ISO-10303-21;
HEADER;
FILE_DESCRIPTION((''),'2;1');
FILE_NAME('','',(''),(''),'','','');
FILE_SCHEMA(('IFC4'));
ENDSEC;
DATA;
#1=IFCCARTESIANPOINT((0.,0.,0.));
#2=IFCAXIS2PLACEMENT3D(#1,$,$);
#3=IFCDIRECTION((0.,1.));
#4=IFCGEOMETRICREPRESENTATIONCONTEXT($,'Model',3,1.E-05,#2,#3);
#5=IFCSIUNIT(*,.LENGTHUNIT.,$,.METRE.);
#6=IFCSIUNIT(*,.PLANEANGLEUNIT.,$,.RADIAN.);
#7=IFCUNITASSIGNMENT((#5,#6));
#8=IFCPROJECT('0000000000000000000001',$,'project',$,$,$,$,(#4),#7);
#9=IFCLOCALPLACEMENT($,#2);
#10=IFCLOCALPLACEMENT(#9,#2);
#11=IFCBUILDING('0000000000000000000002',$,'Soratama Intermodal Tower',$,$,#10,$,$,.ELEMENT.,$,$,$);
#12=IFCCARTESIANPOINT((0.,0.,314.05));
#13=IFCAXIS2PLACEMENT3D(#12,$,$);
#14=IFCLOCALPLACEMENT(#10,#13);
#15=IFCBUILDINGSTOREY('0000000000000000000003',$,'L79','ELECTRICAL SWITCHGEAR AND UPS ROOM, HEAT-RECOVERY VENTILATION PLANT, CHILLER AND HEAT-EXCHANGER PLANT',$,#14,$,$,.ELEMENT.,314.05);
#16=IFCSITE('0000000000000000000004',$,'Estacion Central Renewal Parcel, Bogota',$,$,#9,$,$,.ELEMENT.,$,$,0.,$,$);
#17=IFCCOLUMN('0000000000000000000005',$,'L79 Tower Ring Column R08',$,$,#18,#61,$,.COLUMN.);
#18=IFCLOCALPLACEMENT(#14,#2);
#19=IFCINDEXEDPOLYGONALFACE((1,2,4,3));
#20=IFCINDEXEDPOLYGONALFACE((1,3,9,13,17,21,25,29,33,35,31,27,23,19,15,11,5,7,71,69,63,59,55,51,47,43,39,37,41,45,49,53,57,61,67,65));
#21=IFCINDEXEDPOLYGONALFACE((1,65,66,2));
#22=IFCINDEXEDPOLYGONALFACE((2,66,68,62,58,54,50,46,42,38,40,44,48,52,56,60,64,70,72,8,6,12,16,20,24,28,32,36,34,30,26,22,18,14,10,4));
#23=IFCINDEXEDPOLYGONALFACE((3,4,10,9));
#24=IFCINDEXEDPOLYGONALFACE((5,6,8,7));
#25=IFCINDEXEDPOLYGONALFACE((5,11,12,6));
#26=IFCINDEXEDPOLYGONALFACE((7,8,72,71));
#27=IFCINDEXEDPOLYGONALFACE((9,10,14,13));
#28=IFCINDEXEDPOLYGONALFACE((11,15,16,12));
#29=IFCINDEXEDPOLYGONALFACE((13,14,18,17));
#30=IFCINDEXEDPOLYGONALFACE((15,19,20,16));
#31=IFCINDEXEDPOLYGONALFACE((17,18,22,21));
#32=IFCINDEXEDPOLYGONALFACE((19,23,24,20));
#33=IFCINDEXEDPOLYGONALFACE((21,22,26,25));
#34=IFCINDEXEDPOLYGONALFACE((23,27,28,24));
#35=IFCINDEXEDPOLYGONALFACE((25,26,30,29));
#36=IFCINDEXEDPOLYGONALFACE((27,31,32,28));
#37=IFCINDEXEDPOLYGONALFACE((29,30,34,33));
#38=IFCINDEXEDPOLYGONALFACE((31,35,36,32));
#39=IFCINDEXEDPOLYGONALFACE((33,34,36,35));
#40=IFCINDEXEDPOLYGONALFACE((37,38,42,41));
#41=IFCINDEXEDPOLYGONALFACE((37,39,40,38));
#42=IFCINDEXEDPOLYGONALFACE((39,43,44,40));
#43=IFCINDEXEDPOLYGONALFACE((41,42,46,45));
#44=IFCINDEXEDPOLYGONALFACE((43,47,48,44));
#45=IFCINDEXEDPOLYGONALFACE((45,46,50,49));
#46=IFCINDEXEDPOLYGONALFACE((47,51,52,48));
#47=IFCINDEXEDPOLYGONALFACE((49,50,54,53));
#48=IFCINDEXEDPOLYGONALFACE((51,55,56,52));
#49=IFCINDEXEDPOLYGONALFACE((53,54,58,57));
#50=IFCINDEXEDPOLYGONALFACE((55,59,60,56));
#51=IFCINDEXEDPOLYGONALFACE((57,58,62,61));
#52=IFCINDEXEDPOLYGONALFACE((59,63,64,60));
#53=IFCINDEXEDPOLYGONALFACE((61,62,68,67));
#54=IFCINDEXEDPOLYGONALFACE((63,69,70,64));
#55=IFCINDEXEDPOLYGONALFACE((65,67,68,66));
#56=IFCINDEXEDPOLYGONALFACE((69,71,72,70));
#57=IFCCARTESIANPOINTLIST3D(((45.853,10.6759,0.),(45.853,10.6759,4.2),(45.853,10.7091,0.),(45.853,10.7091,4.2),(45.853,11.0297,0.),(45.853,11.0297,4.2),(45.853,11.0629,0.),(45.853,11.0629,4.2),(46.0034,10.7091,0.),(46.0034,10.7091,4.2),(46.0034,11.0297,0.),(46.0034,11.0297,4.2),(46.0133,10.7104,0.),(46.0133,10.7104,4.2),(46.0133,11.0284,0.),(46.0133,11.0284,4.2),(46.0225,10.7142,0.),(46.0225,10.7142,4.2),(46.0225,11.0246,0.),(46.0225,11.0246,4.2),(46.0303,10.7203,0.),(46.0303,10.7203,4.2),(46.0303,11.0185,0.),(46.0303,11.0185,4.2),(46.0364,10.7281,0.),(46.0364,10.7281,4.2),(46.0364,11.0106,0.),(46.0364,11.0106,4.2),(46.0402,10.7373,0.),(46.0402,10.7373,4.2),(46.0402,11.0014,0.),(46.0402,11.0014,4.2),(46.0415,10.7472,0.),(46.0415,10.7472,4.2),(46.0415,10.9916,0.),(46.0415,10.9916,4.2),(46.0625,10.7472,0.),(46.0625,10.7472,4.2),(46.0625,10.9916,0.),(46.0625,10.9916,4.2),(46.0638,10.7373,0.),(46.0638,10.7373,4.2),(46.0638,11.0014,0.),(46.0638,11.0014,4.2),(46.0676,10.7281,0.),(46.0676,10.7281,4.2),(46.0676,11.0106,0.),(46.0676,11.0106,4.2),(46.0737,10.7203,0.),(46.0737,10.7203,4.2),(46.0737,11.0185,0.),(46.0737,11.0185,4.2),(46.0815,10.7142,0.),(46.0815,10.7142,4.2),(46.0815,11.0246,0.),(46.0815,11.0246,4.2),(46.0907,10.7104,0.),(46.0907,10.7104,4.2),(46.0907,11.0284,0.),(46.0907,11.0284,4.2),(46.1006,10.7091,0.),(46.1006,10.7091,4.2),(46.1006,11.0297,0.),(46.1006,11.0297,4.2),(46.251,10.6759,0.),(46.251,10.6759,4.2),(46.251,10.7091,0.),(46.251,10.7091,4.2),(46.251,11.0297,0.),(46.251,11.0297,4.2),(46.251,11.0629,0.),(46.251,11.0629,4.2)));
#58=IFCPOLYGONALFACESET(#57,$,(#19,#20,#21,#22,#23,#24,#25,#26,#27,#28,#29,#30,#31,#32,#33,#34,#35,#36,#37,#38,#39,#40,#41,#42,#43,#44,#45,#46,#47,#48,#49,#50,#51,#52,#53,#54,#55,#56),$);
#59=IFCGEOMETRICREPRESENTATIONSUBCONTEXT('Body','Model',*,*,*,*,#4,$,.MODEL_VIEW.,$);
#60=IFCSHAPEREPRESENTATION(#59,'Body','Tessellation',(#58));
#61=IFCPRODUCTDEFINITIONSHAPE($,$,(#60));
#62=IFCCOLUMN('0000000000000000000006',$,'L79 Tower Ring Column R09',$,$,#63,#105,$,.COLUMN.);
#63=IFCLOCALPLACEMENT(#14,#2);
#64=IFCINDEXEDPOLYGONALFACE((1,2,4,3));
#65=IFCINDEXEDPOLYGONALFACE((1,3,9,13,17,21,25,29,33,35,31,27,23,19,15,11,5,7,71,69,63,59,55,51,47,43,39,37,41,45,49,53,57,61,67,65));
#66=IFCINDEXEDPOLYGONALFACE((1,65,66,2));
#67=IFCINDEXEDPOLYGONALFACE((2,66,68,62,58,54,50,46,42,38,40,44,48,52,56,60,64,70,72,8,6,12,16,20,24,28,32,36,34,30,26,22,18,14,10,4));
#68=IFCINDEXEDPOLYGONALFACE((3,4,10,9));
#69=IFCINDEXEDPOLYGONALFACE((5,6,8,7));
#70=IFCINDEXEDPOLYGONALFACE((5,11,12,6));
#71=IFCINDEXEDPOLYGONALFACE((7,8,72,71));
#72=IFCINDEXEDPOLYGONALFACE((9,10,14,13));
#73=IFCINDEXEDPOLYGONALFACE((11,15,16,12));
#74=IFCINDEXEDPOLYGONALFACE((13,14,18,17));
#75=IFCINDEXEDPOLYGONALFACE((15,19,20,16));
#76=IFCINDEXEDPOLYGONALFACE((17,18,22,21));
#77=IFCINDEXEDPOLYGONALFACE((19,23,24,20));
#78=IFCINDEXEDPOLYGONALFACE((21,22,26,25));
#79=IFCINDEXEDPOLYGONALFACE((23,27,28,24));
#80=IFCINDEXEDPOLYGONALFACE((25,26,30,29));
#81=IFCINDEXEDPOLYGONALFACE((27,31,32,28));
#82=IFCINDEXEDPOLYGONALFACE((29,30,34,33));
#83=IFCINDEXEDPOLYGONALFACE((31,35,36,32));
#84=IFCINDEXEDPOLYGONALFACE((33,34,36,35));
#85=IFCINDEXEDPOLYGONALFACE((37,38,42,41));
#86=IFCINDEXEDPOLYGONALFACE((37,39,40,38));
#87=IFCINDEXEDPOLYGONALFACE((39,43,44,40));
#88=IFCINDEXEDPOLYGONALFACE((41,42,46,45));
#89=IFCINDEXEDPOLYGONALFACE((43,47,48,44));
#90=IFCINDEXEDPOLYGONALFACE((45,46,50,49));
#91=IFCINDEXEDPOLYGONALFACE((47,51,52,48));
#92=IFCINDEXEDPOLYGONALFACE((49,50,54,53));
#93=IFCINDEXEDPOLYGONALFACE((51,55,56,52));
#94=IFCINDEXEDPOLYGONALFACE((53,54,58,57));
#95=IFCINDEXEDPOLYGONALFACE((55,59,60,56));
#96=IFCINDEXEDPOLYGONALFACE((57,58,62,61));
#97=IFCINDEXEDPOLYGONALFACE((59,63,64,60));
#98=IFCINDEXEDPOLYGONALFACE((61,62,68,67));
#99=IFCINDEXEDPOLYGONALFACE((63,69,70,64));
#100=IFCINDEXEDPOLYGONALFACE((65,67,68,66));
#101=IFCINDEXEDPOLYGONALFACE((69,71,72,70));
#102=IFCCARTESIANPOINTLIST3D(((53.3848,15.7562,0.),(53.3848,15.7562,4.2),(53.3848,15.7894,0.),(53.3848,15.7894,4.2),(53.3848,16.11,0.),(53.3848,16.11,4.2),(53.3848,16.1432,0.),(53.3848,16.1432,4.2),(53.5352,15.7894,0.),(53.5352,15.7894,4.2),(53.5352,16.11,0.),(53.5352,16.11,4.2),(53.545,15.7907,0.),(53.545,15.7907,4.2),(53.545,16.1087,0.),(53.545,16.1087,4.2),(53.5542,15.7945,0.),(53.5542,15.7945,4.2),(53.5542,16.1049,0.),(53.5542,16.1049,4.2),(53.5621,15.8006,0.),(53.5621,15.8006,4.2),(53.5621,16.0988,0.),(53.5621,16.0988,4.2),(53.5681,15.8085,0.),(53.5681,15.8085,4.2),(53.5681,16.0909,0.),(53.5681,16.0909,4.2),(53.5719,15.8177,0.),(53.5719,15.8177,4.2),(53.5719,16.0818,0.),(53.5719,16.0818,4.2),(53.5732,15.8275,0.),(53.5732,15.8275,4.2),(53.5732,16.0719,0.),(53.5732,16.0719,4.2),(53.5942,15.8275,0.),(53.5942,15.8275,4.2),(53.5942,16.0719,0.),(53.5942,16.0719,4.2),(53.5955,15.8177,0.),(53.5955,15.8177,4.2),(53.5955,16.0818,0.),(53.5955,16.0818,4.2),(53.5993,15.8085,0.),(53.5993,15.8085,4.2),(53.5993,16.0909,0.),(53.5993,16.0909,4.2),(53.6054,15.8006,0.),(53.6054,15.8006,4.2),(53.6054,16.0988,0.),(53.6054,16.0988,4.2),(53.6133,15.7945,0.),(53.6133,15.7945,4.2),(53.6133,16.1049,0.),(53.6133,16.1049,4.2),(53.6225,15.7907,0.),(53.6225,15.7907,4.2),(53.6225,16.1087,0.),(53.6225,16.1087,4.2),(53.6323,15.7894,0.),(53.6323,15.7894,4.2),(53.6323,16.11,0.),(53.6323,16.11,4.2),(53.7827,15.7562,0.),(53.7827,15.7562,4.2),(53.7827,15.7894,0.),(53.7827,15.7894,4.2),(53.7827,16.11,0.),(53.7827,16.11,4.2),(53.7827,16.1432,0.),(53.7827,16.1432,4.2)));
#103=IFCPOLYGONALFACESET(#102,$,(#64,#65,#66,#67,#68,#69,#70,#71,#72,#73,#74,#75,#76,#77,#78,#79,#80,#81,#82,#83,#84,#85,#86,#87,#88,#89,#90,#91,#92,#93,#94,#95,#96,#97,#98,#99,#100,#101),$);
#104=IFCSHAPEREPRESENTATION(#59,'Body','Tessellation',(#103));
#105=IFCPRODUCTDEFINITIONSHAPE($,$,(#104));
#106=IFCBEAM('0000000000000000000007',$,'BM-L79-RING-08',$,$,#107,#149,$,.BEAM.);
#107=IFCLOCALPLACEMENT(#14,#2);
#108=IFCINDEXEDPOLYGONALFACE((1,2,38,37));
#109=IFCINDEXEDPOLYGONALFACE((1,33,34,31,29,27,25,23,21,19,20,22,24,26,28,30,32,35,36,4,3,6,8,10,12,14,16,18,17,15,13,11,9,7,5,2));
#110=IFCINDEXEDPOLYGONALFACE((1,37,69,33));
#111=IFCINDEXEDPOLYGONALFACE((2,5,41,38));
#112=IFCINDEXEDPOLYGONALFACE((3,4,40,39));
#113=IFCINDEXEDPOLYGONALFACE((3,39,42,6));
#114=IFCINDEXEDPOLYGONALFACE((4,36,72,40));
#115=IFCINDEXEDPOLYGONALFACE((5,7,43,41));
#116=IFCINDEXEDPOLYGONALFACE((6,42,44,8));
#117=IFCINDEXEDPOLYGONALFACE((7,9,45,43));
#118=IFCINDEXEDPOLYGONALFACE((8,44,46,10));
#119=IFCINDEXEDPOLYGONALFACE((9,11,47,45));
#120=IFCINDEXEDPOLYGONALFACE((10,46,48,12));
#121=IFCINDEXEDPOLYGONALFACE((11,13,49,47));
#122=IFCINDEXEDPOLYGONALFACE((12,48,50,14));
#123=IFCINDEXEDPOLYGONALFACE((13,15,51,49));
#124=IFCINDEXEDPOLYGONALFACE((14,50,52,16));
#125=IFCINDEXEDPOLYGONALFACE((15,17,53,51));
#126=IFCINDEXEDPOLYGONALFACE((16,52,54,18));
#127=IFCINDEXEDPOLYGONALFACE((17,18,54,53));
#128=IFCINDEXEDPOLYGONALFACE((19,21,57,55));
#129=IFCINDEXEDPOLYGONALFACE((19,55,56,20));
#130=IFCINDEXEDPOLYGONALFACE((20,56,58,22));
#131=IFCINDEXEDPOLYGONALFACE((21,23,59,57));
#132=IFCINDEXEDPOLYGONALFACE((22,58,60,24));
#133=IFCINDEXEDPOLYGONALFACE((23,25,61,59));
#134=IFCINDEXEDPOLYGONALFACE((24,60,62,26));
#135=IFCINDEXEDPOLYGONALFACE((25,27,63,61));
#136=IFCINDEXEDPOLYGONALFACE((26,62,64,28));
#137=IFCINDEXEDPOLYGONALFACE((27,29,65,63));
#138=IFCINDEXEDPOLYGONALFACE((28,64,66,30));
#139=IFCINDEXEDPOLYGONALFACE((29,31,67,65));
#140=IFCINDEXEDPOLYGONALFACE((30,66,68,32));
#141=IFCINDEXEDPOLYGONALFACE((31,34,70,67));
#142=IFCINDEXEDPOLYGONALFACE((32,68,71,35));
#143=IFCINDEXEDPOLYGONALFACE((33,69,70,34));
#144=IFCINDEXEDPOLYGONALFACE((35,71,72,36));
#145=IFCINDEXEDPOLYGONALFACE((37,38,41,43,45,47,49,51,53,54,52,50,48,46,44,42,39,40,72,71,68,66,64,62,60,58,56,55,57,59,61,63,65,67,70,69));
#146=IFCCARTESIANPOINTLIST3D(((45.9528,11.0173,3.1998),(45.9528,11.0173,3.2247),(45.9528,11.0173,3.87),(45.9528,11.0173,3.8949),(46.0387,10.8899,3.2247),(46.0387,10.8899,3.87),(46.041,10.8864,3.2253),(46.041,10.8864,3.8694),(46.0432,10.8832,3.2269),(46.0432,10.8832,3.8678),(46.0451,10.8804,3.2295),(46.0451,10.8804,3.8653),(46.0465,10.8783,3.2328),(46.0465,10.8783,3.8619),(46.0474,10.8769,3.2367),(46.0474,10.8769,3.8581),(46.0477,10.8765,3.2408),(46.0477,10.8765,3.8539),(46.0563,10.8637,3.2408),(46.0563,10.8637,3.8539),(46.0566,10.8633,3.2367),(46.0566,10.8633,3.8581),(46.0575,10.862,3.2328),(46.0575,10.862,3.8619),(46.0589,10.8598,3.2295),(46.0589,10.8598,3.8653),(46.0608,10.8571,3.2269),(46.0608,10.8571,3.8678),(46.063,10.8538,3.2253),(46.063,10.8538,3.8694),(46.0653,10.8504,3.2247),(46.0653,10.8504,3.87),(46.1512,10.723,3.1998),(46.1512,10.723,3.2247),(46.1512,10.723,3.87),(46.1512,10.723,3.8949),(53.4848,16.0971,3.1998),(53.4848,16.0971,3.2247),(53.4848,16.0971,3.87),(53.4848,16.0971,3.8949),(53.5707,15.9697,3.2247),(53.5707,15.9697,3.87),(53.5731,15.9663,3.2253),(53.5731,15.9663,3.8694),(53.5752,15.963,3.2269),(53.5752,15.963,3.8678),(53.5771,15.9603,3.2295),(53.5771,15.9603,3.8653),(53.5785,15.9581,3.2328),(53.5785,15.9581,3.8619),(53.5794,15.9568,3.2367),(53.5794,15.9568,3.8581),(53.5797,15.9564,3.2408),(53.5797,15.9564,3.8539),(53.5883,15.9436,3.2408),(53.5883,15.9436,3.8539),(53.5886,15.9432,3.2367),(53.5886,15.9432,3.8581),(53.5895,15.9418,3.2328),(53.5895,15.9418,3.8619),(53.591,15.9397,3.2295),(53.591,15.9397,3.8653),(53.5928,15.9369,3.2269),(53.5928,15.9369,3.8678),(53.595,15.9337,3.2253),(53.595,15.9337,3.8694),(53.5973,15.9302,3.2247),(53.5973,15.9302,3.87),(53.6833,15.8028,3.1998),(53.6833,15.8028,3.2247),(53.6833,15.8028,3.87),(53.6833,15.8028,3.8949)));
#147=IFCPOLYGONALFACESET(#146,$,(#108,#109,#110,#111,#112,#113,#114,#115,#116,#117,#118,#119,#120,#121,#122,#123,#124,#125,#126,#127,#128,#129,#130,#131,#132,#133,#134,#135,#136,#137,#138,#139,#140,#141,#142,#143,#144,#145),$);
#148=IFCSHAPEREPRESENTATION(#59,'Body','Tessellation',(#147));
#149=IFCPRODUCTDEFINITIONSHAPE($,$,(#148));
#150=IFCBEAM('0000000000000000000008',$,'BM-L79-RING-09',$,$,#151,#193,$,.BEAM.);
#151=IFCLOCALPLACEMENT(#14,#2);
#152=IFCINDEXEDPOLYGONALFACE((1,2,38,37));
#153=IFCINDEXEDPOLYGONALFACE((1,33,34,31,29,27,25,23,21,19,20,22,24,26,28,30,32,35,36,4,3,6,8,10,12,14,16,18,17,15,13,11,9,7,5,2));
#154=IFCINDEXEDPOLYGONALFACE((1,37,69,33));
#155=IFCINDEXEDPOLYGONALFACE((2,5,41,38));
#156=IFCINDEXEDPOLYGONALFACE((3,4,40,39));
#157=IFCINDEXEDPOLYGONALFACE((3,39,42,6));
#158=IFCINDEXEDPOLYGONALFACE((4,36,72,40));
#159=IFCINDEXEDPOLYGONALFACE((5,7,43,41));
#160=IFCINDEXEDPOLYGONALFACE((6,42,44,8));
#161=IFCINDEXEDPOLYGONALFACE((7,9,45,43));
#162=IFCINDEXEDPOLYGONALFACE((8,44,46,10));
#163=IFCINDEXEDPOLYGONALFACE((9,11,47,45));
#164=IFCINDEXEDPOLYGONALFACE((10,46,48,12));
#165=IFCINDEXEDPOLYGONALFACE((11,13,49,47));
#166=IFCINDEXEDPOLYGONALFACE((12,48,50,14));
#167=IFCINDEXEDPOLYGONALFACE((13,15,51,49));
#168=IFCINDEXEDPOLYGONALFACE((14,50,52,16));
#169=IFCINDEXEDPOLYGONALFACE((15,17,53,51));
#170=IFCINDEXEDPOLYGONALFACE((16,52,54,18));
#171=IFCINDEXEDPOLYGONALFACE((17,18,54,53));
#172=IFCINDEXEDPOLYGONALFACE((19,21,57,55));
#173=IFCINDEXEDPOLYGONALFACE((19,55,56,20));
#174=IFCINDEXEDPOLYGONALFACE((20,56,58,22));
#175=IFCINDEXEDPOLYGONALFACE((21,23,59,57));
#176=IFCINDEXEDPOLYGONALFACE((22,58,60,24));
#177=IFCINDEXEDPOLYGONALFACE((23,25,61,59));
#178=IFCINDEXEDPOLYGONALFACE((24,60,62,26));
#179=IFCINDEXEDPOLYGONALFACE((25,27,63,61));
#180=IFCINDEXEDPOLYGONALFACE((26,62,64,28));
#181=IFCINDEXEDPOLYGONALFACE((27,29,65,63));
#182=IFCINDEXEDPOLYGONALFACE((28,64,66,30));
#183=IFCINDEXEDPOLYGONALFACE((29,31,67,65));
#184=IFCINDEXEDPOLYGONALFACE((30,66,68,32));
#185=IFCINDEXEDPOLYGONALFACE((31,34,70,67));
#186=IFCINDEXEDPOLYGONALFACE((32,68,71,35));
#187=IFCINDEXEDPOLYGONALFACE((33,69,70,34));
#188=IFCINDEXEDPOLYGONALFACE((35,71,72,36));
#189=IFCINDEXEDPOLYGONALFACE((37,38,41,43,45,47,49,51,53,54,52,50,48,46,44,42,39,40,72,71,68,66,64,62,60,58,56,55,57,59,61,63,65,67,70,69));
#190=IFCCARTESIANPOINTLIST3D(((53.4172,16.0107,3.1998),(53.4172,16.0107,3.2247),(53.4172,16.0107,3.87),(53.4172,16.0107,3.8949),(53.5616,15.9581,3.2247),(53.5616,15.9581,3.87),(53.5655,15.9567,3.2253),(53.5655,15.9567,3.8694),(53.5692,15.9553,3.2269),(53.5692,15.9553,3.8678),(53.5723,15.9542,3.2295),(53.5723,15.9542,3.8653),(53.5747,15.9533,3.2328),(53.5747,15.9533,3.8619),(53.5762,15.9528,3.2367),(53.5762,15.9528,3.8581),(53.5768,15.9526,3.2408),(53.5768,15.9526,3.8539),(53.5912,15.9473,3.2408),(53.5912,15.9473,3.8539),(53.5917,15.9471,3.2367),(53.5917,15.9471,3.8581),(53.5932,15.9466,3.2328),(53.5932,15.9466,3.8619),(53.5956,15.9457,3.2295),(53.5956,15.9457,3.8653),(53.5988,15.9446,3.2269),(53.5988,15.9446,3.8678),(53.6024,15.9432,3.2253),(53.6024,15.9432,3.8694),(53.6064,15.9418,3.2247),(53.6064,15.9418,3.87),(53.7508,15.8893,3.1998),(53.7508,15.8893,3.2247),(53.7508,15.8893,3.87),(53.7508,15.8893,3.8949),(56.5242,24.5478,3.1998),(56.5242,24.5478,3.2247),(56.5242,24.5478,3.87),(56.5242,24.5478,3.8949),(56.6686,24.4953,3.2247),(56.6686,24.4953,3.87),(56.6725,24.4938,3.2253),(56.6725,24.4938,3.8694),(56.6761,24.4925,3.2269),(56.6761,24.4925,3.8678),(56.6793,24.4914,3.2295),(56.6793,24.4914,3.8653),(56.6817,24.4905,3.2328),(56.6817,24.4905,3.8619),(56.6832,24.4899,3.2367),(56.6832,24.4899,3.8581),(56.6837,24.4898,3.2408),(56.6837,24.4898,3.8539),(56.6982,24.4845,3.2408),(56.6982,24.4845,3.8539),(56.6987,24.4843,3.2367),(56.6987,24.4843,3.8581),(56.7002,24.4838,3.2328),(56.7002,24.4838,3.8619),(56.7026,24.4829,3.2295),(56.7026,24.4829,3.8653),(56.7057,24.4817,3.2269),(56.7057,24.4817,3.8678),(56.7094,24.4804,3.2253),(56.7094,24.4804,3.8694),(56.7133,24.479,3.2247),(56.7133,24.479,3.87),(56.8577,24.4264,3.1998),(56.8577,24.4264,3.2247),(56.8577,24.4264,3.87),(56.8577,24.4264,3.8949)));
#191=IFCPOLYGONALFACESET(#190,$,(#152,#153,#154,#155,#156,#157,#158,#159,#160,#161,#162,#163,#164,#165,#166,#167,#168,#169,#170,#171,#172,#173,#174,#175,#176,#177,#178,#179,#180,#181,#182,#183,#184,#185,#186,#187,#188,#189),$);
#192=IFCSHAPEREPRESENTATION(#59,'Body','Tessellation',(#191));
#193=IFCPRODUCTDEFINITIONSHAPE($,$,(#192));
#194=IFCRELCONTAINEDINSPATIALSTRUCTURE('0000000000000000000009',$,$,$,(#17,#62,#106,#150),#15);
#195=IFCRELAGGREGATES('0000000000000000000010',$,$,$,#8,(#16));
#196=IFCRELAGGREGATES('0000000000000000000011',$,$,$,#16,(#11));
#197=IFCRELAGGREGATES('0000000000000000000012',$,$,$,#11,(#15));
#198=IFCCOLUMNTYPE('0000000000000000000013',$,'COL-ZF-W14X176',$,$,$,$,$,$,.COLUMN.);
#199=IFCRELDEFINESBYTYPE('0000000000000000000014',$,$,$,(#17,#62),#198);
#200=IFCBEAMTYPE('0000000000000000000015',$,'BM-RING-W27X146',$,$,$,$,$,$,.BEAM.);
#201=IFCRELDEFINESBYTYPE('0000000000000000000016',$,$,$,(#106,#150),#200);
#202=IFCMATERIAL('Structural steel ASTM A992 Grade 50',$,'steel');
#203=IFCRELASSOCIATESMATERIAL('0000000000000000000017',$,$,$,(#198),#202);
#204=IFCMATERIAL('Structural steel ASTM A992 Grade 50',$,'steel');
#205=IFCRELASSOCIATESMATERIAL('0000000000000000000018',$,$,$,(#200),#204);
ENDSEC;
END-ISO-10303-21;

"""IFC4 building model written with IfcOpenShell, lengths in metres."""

from ifc_helpers import new_model, si_unit, direction, frame, origin, origin_2d, place, context, subcontext, project, spatial, i_section, extrude, material, material_profile, profile_set, type_object, element, save


model = new_model("IFC4")

# Units and contexts
model_context = context("Model", 3, precision=1e-05, world=origin(), true_north=direction((0.0, 1.0)))
body_context = subcontext(model_context, "Body", "Model", "MODEL_VIEW")
ifc_project = project(units=[si_unit("LENGTHUNIT", "METRE"), si_unit("PLANEANGLEUNIT", "RADIAN")], contexts=[model_context])

# Site, building, storey
site_placement = place(None, origin())
site = spatial("IfcSite", under=ifc_project, at=site_placement, Name="Estacion Central Renewal Parcel, Bogota", CompositionType="ELEMENT", RefElevation=0.0)
building_placement = place(site_placement, origin())
building = spatial("IfcBuilding", under=site, at=building_placement, Name="Soratama Intermodal Tower", CompositionType="ELEMENT")
storey_placement = place(building_placement, frame((0.0, 0.0, 314.05)))
storey = spatial("IfcBuildingStorey", under=building, at=storey_placement, Name="L79", Description="ELECTRICAL SWITCHGEAR AND UPS ROOM, HEAT-RECOVERY VENTILATION PLANT, CHILLER AND HEAT-EXCHANGER PLANT", CompositionType="ELEMENT", Elevation=314.05)

# Columns
ifc_material_1 = material(Name="Structural steel ASTM A992 Grade 50", Category="steel")
ifc_material_profile_1 = material_profile(ifc_material_1, i_section(OverallWidth=0.3979, OverallDepth=0.387, WebThickness=0.021, FlangeThickness=0.0332, FilletRadius=0.0381, at=origin_2d()), Name="W14X176")
ifc_profile_set_1 = profile_set([ifc_material_profile_1], Name="Structural steel ASTM A992 Grade 50")
column_type = type_object("IfcColumnType", Name="COL-ZF-W14X176", PredefinedType="COLUMN", material=ifc_profile_set_1)
for number, where, z_axis, x_axis, name in (
    (1, (46.052, 10.8694, 0.0), (0.0, 0.0, 1.0), (1.0, 0.0, 0.0), "L79 Tower Ring Column R08"),
    (2, (53.5837, 15.9497, 0.0), (0.0, 0.0, 1.0), (1.0, 0.0, 0.0), "L79 Tower Ring Column R09"),
):
    element("IfcColumn", number, at=place(storey_placement, frame(where, z_axis=z_axis, x_axis=x_axis)), inside=storey, type_object=column_type, Name=name, PredefinedType="COLUMN", context=body_context, shape_type="SweptSolid", body=[
        extrude(i_section(OverallWidth=0.3979, OverallDepth=0.387, WebThickness=0.021, FlangeThickness=0.0332, FilletRadius=0.0381, at=origin_2d()), origin(), (0.0, 0.0, 1.0), 4.2),
    ])

# Beams
ifc_material_2 = material(Name="Structural steel ASTM A992 Grade 50", Category="steel")
ifc_material_profile_2 = material_profile(ifc_material_2, i_section(OverallWidth=0.355, OverallDepth=0.6951, WebThickness=0.0154, FlangeThickness=0.0249, FilletRadius=0.0161, at=origin_2d()), Name="W27X146")
ifc_profile_set_2 = profile_set([ifc_material_profile_2], Name="Structural steel ASTM A992 Grade 50")
beam_type_1 = type_object("IfcBeamType", Name="BM-RING-W27X146", PredefinedType="BEAM", material=ifc_profile_set_2)
for number, where, z_axis, x_axis, name in (
    (3, (46.052, 10.8701, 3.5474), (0.829066, 0.559151, 0.0), (-0.559151, 0.829066, 0.0), "BM-L79-RING-08"),
    (4, (53.584, 15.95, 3.5474), (0.341989, 0.939704, 0.0), (-0.939704, 0.341989, 0.0), "BM-L79-RING-09"),
):
    element("IfcBeam", number, at=place(storey_placement, frame(where, z_axis=z_axis, x_axis=x_axis)), inside=storey, type_object=beam_type_1, Name=name, PredefinedType="BEAM", context=body_context, shape_type="SweptSolid", body=[
        extrude(i_section(OverallWidth=0.355, OverallDepth=0.6951, WebThickness=0.0154, FlangeThickness=0.0249, FilletRadius=0.0161, at=origin_2d()), origin(), (0.0, 0.0, 1.0), 9.085),
    ])

save(model, "model.ifc")
